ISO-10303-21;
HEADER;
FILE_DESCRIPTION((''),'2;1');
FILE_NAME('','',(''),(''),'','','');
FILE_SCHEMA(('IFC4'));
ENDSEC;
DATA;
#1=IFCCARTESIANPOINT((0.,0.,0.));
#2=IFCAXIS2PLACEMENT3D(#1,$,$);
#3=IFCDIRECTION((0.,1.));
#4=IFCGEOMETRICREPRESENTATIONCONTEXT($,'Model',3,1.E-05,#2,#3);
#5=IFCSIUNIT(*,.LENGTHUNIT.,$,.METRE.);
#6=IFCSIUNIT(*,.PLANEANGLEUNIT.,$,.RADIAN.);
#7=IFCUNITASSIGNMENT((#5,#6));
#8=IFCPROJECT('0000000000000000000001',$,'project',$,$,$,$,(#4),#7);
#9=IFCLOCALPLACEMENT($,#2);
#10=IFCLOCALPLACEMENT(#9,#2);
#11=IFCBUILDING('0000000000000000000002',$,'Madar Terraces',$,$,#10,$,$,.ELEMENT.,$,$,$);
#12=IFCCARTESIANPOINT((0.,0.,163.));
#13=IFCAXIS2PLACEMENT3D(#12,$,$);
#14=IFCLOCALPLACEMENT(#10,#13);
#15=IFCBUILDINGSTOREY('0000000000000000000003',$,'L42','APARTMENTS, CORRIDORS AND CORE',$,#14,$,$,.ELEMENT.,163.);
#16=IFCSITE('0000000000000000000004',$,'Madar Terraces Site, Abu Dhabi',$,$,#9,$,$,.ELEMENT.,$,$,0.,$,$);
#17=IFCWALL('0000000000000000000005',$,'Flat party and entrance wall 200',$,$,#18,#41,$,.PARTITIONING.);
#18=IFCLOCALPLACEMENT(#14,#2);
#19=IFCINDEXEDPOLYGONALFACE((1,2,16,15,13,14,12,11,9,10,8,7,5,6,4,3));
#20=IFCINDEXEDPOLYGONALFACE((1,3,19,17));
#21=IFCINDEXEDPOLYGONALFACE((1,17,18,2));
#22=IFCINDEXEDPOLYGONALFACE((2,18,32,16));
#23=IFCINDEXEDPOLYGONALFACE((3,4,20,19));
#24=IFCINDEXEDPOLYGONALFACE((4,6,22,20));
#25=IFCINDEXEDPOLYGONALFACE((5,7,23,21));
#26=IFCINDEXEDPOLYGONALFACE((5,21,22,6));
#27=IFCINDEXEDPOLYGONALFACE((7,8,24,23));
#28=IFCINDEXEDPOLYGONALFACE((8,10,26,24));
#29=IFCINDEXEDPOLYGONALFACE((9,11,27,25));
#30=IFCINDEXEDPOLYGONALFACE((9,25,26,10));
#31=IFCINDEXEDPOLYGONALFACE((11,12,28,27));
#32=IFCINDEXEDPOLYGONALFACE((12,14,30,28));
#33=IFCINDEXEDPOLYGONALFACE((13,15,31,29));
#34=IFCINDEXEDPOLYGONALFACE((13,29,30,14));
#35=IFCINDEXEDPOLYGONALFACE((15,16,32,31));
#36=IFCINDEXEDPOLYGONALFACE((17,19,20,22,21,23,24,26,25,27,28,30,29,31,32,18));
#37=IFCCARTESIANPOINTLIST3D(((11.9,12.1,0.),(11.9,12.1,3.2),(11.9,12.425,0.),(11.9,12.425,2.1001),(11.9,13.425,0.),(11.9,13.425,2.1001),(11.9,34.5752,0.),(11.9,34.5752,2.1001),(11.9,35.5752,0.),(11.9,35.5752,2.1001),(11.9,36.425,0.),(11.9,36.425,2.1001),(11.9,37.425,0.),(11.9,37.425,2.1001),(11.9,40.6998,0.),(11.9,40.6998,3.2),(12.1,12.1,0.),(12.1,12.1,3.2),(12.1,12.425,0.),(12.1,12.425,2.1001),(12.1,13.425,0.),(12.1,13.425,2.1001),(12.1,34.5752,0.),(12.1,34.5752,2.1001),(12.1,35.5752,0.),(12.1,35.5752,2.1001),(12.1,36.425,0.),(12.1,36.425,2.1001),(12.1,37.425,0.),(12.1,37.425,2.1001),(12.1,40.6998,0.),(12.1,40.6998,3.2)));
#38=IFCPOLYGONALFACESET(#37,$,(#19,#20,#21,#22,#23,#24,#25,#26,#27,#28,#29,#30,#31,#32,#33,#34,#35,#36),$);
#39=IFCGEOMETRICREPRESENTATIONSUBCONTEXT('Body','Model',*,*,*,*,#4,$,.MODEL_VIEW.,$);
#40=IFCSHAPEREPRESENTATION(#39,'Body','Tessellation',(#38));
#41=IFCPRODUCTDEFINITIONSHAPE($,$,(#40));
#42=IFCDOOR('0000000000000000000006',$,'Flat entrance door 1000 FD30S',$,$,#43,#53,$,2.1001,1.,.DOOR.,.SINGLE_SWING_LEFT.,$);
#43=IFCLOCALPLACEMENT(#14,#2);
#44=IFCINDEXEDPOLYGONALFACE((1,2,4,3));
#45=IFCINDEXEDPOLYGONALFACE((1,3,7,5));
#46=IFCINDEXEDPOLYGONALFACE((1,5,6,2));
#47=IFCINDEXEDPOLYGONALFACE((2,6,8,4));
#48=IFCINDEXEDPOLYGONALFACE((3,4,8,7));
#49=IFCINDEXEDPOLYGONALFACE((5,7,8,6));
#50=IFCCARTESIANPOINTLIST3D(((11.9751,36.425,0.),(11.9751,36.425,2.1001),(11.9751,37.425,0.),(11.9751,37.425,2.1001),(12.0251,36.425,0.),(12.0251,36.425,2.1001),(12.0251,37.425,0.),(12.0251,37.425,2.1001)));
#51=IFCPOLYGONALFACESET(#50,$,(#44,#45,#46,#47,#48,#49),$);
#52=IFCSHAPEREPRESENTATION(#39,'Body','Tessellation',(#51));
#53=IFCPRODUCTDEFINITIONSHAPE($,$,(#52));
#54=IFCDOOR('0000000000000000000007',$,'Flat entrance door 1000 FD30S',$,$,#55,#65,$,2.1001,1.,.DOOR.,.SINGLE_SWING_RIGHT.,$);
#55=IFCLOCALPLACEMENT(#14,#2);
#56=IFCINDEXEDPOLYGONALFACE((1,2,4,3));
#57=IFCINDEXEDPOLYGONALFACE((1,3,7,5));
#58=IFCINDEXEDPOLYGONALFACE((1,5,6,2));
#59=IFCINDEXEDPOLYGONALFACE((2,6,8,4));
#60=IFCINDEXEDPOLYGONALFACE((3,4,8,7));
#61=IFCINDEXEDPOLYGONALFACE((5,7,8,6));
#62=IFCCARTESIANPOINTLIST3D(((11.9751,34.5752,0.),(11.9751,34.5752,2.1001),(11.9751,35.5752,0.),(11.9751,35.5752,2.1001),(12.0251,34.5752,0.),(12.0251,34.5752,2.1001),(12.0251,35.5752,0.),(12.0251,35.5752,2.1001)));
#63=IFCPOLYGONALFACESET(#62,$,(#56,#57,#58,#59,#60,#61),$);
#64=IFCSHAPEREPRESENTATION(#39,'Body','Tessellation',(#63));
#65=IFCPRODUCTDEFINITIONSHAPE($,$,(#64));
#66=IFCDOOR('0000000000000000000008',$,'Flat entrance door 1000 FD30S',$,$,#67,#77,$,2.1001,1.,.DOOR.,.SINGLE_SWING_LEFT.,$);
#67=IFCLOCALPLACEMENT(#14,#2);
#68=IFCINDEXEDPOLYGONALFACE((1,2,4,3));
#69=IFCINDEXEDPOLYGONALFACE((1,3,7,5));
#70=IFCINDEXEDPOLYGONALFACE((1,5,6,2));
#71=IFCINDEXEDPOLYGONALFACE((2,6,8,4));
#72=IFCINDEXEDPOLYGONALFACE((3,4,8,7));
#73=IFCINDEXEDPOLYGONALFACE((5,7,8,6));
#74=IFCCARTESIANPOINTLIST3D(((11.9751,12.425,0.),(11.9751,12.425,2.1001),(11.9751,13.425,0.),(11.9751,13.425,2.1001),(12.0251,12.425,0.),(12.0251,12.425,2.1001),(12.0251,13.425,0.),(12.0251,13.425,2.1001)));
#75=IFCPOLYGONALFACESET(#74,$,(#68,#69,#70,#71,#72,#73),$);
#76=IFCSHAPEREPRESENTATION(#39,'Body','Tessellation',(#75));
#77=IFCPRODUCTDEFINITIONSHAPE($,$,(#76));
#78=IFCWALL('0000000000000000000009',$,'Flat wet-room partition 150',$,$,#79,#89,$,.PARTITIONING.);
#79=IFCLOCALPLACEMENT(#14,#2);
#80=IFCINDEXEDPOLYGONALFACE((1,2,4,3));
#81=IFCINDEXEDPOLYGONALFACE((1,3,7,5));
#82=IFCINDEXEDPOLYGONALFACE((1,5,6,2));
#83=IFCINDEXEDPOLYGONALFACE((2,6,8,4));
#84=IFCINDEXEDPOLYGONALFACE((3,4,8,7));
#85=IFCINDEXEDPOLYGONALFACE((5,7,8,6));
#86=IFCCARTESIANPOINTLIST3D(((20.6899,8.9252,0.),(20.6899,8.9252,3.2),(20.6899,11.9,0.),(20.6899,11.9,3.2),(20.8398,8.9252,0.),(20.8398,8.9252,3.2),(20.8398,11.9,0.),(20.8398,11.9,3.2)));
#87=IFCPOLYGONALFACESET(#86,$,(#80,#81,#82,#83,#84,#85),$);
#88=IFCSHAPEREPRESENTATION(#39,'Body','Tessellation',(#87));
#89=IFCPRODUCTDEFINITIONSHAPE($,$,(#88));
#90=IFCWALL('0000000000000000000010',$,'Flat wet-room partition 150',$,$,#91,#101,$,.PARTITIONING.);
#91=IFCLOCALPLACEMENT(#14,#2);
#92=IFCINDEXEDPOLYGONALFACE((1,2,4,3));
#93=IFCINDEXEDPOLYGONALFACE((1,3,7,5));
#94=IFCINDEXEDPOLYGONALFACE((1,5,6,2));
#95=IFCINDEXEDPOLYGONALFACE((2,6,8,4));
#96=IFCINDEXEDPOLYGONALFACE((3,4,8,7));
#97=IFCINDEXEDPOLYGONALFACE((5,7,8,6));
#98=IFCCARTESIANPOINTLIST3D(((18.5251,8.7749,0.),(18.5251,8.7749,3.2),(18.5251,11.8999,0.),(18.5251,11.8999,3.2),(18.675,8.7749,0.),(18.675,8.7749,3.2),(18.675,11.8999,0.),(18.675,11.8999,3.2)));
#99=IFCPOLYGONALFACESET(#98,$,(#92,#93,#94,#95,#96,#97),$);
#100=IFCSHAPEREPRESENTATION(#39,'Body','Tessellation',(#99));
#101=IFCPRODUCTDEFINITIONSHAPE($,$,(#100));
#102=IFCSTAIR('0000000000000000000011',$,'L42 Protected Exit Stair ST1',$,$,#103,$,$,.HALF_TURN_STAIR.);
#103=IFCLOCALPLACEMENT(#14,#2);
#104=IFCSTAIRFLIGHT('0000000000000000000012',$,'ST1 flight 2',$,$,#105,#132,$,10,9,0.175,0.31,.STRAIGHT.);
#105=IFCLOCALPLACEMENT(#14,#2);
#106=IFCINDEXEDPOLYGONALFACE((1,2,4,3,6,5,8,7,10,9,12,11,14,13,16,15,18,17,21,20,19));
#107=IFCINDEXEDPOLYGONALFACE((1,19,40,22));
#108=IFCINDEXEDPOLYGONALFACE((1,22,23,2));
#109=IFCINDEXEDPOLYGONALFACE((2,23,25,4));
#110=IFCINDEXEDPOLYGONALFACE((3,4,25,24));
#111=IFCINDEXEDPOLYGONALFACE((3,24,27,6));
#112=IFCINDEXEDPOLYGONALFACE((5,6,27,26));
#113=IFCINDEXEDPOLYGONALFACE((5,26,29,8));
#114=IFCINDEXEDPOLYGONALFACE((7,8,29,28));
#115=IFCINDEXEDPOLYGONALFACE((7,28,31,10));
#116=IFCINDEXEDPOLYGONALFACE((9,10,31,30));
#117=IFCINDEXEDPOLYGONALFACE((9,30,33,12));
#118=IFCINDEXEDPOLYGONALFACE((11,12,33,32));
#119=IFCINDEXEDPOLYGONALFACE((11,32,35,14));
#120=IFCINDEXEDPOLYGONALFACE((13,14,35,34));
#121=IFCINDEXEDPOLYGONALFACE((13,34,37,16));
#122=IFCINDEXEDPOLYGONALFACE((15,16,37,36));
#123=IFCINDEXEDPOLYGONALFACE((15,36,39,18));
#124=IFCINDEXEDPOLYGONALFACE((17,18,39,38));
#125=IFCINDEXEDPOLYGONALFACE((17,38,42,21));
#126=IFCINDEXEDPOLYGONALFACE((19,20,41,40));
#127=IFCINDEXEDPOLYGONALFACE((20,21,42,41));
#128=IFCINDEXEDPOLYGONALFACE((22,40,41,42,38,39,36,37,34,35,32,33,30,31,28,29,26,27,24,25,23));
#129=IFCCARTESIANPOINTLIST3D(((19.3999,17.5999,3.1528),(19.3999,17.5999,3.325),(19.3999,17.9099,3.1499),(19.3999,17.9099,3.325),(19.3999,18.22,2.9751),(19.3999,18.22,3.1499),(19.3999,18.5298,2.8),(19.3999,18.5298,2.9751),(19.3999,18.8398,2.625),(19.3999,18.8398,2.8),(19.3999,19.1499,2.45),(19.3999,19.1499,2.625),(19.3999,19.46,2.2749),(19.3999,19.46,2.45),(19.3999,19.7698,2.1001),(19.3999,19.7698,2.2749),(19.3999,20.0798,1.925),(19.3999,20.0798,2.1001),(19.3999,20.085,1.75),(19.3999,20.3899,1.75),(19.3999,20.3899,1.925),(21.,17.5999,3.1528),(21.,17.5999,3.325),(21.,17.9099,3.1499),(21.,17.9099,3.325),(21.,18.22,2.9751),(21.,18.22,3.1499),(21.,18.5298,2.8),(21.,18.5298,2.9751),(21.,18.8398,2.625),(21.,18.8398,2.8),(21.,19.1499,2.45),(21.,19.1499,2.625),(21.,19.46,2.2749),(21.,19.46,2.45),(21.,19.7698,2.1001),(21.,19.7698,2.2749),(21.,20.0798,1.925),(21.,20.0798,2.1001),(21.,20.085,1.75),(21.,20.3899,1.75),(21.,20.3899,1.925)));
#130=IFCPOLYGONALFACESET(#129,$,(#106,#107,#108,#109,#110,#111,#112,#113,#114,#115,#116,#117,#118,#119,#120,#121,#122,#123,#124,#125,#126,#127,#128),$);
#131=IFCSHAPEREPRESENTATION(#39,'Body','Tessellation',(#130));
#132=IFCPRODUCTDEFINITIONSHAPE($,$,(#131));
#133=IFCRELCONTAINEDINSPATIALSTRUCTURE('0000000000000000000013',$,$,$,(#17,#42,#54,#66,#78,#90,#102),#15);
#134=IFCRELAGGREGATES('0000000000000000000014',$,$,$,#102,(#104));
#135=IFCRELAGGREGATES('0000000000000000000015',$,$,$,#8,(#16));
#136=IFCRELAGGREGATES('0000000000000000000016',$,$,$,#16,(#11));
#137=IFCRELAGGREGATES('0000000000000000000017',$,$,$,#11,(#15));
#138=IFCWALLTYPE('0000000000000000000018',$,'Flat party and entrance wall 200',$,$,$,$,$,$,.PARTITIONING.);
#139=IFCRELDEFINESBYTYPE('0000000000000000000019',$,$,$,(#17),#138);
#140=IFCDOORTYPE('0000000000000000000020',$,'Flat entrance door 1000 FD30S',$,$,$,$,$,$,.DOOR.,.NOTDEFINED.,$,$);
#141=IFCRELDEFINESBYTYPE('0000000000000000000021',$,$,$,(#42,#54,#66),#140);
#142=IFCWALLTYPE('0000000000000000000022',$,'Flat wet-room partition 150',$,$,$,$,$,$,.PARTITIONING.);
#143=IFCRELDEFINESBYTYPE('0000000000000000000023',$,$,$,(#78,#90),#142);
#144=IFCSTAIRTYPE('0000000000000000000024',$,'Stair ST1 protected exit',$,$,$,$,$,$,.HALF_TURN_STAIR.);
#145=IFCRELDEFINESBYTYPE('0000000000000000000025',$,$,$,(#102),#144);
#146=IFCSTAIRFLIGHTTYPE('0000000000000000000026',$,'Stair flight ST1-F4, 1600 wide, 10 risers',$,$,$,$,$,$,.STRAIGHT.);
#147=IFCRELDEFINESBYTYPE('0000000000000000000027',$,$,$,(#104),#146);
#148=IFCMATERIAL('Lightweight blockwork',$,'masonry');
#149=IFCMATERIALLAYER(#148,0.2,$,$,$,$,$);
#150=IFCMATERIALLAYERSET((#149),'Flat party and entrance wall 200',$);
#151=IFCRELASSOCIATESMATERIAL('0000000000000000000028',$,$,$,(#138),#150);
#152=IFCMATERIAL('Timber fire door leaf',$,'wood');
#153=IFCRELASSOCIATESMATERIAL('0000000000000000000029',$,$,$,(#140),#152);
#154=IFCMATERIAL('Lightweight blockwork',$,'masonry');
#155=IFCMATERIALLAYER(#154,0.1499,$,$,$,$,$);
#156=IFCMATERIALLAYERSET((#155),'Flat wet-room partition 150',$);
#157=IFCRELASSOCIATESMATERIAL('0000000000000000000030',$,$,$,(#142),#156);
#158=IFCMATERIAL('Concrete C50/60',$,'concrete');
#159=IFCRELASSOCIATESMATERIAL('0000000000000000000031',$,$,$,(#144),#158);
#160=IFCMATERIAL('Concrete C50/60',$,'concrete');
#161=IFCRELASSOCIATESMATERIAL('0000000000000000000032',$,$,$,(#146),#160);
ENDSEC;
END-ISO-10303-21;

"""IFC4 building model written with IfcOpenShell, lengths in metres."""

from ifc_helpers import new_model, si_unit, direction, frame, frame_2d, origin, place, context, subcontext, project, spatial, polyline, rectangle, outline, extrude, material, layer, layer_set, type_object, element, fill, aggregate, save


model = new_model("IFC4")

# Units and contexts
model_context = context("Model", 3, precision=1e-05, world=origin(), true_north=direction((0.0, 1.0)))
body_context = subcontext(model_context, "Body", "Model", "MODEL_VIEW")
ifc_project = project(units=[si_unit("LENGTHUNIT", "METRE"), si_unit("PLANEANGLEUNIT", "RADIAN")], contexts=[model_context])

# Site, building, storey
site_placement = place(None, origin())
site = spatial("IfcSite", under=ifc_project, at=site_placement, Name="Madar Terraces Site, Abu Dhabi", CompositionType="ELEMENT", RefElevation=0.0)
building_placement = place(site_placement, origin())
building = spatial("IfcBuilding", under=site, at=building_placement, Name="Madar Terraces", CompositionType="ELEMENT")
storey_placement = place(building_placement, frame((0.0, 0.0, 163.0)))
storey = spatial("IfcBuildingStorey", under=building, at=storey_placement, Name="L42", Description="APARTMENTS, CORRIDORS AND CORE", CompositionType="ELEMENT", Elevation=163.0)

# Wall, openings, doors
ifc_material_1 = material(Name="Lightweight blockwork", Category="masonry")
ifc_layer_1 = layer(ifc_material_1, 0.2)
ifc_layer_set_1 = layer_set([ifc_layer_1], Name="Flat party and entrance wall 200")
wall_type_1 = type_object("IfcWallType", Name="Flat party and entrance wall 200", PredefinedType="PARTITIONING", material=ifc_layer_set_1)
wall_1_placement = place(storey_placement, frame((12.0, 12.1001, 0.0), z_axis=(0.0, 0.0, 1.0), x_axis=(0.0, 1.0, 0.0)))
wall_1 = element("IfcWall", 1, at=wall_1_placement, inside=storey, type_object=wall_type_1, Name="Flat party and entrance wall 200", PredefinedType="PARTITIONING", context=body_context, shape_type="SweptSolid", body=[
    extrude(rectangle(XDim=28.5999, YDim=0.2, at=frame_2d((14.2998, 0.0))), origin(), (0.0, 0.0, 1.0), 3.2),
])
opening_1_placement = place(wall_1_placement, frame((24.325, 0.0, 0.0)))
opening_1 = element("IfcOpeningElement", 2, at=opening_1_placement, cuts=wall_1, PredefinedType="OPENING", context=body_context, shape_type="SweptSolid", body=[
    extrude(rectangle(XDim=1.0, YDim=2.1001, at=frame_2d((0.5, 1.05))), frame((0.0, 0.1099, 0.0), z_axis=(0.0, -1.0, 0.0), x_axis=(1.0, 0.0, 0.0)), (0.0, 0.0, 1.0), 0.22),
])
opening_2_placement = place(wall_1_placement, frame((22.4751, 0.0, 0.0)))
opening_2 = element("IfcOpeningElement", 3, at=opening_2_placement, cuts=wall_1, PredefinedType="OPENING", context=body_context, shape_type="SweptSolid", body=[
    extrude(rectangle(XDim=1.0, YDim=2.1001, at=frame_2d((0.5, 1.05))), frame((0.0, 0.1099, 0.0), z_axis=(0.0, -1.0, 0.0), x_axis=(1.0, 0.0, 0.0)), (0.0, 0.0, 1.0), 0.22),
])
opening_3_placement = place(wall_1_placement, frame((0.325, 0.0, 0.0)))
opening_3 = element("IfcOpeningElement", 4, at=opening_3_placement, cuts=wall_1, PredefinedType="OPENING", context=body_context, shape_type="SweptSolid", body=[
    extrude(rectangle(XDim=1.0, YDim=2.1001, at=frame_2d((0.5, 1.05))), frame((0.0, 0.1099, 0.0), z_axis=(0.0, -1.0, 0.0), x_axis=(1.0, 0.0, 0.0)), (0.0, 0.0, 1.0), 0.22),
])
ifc_material_2 = material(Name="Timber fire door leaf", Category="wood")
door_type_1 = type_object("IfcDoorType", Name="Flat entrance door 1000 FD30S", OperationType="NOTDEFINED", PredefinedType="DOOR", material=ifc_material_2)
door_1_placement = place(opening_1_placement, origin())
door_1 = element("IfcDoor", 5, at=door_1_placement, inside=storey, type_object=door_type_1, Name="Flat entrance door 1000 FD30S", OperationType="SINGLE_SWING_LEFT", OverallHeight=2.1001, OverallWidth=1.0, PredefinedType="DOOR", context=body_context, shape_type="SweptSolid", body=[
    extrude(rectangle(XDim=1.0, YDim=2.1001, at=frame_2d((0.5, 1.05))), frame((0.0, 0.0249, 0.0), z_axis=(0.0, -1.0, 0.0), x_axis=(1.0, 0.0, 0.0)), (0.0, 0.0, 1.0), 0.05),
])
fill(opening_1, door_1)
door_2_placement = place(opening_2_placement, origin())
door_2 = element("IfcDoor", 6, at=door_2_placement, inside=storey, type_object=door_type_1, Name="Flat entrance door 1000 FD30S", OperationType="SINGLE_SWING_RIGHT", OverallHeight=2.1001, OverallWidth=1.0, PredefinedType="DOOR", context=body_context, shape_type="SweptSolid", body=[
    extrude(rectangle(XDim=1.0, YDim=2.1001, at=frame_2d((0.5, 1.05))), frame((0.0, 0.0249, 0.0), z_axis=(0.0, -1.0, 0.0), x_axis=(1.0, 0.0, 0.0)), (0.0, 0.0, 1.0), 0.05),
])
fill(opening_2, door_2)
door_3_placement = place(opening_3_placement, origin())
door_3 = element("IfcDoor", 7, at=door_3_placement, inside=storey, type_object=door_type_1, Name="Flat entrance door 1000 FD30S", OperationType="SINGLE_SWING_LEFT", OverallHeight=2.1001, OverallWidth=1.0, PredefinedType="DOOR", context=body_context, shape_type="SweptSolid", body=[
    extrude(rectangle(XDim=1.0, YDim=2.1001, at=frame_2d((0.5, 1.05))), frame((0.0, 0.0249, 0.0), z_axis=(0.0, -1.0, 0.0), x_axis=(1.0, 0.0, 0.0)), (0.0, 0.0, 1.0), 0.05),
])
fill(opening_3, door_3)

# Walls
ifc_material_3 = material(Name="Lightweight blockwork", Category="masonry")
ifc_layer_2 = layer(ifc_material_3, 0.1499)
ifc_layer_set_2 = layer_set([ifc_layer_2], Name="Flat wet-room partition 150")
wall_type_2 = type_object("IfcWallType", Name="Flat wet-room partition 150", PredefinedType="PARTITIONING", material=ifc_layer_set_2)
wall_2_placement = place(storey_placement, frame((20.7649, 11.8999, 0.0), z_axis=(0.0, 0.0, 1.0), x_axis=(0.0, -1.0, 0.0)))
element("IfcWall", 8, at=wall_2_placement, inside=storey, type_object=wall_type_2, Name="Flat wet-room partition 150", PredefinedType="PARTITIONING", context=body_context, shape_type="SweptSolid", body=[
    extrude(rectangle(XDim=2.9749, YDim=0.1499, at=frame_2d((1.4873, 0.0))), origin(), (0.0, 0.0, 1.0), 3.2),
])
wall_3_placement = place(storey_placement, frame((18.6001, 11.8999, 0.0), z_axis=(0.0, 0.0, 1.0), x_axis=(0.0, -1.0, 0.0)))
element("IfcWall", 9, at=wall_3_placement, inside=storey, type_object=wall_type_2, Name="Flat wet-room partition 150", PredefinedType="PARTITIONING", context=body_context, shape_type="SweptSolid", body=[
    extrude(rectangle(XDim=3.125, YDim=0.1499, at=frame_2d((1.5625, 0.0))), origin(), (0.0, 0.0, 1.0), 3.2),
])

# Stair, stair flight
ifc_material_4 = material(Name="Concrete C50/60", Category="concrete")
stair_type = type_object("IfcStairType", Name="Stair ST1 protected exit", PredefinedType="HALF_TURN_STAIR", material=ifc_material_4)
stair_placement = place(storey_placement, origin())
stair = element("IfcStair", 10, at=stair_placement, inside=storey, type_object=stair_type, Name="L42 Protected Exit Stair ST1", PredefinedType="HALF_TURN_STAIR")
ifc_material_5 = material(Name="Concrete C50/60", Category="concrete")
stair_flight_type = type_object("IfcStairFlightType", Name="Stair flight ST1-F4, 1600 wide, 10 risers", PredefinedType="STRAIGHT", material=ifc_material_5)
stair_flight_placement = place(storey_placement, frame((20.2, 20.3899, 1.75), z_axis=(0.0, 0.0, 1.0), x_axis=(0.0, -1.0, 0.0)))
stair_flight = element("IfcStairFlight", 11, at=stair_flight_placement, type_object=stair_flight_type, Name="ST1 flight 2", NumberOfRisers=10, NumberOfTreads=9, PredefinedType="STRAIGHT", RiserHeight=0.175, TreadLength=0.31, context=body_context, shape_type="SweptSolid", body=[
    extrude(outline(polyline([(0.0, 0.0), (0.0, 0.175), (0.3101, 0.175), (0.3101, 0.3501), (0.6201, 0.3501), (0.6201, 0.5249), (0.9299, 0.5249), (0.9299, 0.7), (1.24, 0.7), (1.24, 0.875), (1.55, 0.875), (1.55, 1.05), (1.8601, 1.05), (1.8601, 1.2251), (2.1699, 1.2251), (2.1699, 1.3999), (2.48, 1.3999), (2.48, 1.575), (2.79, 1.575), (2.79, 1.75), (2.79, 1.4028), (0.3049, 0.0), (0.0, 0.0)])), frame((0.0, 0.8, 0.0), z_axis=(0.0, -1.0, 0.0), x_axis=(1.0, 0.0, 0.0)), (0.0, 0.0, 1.0), 1.6001),
])
aggregate(stair, [stair_flight])

save(model, "model.ifc")
